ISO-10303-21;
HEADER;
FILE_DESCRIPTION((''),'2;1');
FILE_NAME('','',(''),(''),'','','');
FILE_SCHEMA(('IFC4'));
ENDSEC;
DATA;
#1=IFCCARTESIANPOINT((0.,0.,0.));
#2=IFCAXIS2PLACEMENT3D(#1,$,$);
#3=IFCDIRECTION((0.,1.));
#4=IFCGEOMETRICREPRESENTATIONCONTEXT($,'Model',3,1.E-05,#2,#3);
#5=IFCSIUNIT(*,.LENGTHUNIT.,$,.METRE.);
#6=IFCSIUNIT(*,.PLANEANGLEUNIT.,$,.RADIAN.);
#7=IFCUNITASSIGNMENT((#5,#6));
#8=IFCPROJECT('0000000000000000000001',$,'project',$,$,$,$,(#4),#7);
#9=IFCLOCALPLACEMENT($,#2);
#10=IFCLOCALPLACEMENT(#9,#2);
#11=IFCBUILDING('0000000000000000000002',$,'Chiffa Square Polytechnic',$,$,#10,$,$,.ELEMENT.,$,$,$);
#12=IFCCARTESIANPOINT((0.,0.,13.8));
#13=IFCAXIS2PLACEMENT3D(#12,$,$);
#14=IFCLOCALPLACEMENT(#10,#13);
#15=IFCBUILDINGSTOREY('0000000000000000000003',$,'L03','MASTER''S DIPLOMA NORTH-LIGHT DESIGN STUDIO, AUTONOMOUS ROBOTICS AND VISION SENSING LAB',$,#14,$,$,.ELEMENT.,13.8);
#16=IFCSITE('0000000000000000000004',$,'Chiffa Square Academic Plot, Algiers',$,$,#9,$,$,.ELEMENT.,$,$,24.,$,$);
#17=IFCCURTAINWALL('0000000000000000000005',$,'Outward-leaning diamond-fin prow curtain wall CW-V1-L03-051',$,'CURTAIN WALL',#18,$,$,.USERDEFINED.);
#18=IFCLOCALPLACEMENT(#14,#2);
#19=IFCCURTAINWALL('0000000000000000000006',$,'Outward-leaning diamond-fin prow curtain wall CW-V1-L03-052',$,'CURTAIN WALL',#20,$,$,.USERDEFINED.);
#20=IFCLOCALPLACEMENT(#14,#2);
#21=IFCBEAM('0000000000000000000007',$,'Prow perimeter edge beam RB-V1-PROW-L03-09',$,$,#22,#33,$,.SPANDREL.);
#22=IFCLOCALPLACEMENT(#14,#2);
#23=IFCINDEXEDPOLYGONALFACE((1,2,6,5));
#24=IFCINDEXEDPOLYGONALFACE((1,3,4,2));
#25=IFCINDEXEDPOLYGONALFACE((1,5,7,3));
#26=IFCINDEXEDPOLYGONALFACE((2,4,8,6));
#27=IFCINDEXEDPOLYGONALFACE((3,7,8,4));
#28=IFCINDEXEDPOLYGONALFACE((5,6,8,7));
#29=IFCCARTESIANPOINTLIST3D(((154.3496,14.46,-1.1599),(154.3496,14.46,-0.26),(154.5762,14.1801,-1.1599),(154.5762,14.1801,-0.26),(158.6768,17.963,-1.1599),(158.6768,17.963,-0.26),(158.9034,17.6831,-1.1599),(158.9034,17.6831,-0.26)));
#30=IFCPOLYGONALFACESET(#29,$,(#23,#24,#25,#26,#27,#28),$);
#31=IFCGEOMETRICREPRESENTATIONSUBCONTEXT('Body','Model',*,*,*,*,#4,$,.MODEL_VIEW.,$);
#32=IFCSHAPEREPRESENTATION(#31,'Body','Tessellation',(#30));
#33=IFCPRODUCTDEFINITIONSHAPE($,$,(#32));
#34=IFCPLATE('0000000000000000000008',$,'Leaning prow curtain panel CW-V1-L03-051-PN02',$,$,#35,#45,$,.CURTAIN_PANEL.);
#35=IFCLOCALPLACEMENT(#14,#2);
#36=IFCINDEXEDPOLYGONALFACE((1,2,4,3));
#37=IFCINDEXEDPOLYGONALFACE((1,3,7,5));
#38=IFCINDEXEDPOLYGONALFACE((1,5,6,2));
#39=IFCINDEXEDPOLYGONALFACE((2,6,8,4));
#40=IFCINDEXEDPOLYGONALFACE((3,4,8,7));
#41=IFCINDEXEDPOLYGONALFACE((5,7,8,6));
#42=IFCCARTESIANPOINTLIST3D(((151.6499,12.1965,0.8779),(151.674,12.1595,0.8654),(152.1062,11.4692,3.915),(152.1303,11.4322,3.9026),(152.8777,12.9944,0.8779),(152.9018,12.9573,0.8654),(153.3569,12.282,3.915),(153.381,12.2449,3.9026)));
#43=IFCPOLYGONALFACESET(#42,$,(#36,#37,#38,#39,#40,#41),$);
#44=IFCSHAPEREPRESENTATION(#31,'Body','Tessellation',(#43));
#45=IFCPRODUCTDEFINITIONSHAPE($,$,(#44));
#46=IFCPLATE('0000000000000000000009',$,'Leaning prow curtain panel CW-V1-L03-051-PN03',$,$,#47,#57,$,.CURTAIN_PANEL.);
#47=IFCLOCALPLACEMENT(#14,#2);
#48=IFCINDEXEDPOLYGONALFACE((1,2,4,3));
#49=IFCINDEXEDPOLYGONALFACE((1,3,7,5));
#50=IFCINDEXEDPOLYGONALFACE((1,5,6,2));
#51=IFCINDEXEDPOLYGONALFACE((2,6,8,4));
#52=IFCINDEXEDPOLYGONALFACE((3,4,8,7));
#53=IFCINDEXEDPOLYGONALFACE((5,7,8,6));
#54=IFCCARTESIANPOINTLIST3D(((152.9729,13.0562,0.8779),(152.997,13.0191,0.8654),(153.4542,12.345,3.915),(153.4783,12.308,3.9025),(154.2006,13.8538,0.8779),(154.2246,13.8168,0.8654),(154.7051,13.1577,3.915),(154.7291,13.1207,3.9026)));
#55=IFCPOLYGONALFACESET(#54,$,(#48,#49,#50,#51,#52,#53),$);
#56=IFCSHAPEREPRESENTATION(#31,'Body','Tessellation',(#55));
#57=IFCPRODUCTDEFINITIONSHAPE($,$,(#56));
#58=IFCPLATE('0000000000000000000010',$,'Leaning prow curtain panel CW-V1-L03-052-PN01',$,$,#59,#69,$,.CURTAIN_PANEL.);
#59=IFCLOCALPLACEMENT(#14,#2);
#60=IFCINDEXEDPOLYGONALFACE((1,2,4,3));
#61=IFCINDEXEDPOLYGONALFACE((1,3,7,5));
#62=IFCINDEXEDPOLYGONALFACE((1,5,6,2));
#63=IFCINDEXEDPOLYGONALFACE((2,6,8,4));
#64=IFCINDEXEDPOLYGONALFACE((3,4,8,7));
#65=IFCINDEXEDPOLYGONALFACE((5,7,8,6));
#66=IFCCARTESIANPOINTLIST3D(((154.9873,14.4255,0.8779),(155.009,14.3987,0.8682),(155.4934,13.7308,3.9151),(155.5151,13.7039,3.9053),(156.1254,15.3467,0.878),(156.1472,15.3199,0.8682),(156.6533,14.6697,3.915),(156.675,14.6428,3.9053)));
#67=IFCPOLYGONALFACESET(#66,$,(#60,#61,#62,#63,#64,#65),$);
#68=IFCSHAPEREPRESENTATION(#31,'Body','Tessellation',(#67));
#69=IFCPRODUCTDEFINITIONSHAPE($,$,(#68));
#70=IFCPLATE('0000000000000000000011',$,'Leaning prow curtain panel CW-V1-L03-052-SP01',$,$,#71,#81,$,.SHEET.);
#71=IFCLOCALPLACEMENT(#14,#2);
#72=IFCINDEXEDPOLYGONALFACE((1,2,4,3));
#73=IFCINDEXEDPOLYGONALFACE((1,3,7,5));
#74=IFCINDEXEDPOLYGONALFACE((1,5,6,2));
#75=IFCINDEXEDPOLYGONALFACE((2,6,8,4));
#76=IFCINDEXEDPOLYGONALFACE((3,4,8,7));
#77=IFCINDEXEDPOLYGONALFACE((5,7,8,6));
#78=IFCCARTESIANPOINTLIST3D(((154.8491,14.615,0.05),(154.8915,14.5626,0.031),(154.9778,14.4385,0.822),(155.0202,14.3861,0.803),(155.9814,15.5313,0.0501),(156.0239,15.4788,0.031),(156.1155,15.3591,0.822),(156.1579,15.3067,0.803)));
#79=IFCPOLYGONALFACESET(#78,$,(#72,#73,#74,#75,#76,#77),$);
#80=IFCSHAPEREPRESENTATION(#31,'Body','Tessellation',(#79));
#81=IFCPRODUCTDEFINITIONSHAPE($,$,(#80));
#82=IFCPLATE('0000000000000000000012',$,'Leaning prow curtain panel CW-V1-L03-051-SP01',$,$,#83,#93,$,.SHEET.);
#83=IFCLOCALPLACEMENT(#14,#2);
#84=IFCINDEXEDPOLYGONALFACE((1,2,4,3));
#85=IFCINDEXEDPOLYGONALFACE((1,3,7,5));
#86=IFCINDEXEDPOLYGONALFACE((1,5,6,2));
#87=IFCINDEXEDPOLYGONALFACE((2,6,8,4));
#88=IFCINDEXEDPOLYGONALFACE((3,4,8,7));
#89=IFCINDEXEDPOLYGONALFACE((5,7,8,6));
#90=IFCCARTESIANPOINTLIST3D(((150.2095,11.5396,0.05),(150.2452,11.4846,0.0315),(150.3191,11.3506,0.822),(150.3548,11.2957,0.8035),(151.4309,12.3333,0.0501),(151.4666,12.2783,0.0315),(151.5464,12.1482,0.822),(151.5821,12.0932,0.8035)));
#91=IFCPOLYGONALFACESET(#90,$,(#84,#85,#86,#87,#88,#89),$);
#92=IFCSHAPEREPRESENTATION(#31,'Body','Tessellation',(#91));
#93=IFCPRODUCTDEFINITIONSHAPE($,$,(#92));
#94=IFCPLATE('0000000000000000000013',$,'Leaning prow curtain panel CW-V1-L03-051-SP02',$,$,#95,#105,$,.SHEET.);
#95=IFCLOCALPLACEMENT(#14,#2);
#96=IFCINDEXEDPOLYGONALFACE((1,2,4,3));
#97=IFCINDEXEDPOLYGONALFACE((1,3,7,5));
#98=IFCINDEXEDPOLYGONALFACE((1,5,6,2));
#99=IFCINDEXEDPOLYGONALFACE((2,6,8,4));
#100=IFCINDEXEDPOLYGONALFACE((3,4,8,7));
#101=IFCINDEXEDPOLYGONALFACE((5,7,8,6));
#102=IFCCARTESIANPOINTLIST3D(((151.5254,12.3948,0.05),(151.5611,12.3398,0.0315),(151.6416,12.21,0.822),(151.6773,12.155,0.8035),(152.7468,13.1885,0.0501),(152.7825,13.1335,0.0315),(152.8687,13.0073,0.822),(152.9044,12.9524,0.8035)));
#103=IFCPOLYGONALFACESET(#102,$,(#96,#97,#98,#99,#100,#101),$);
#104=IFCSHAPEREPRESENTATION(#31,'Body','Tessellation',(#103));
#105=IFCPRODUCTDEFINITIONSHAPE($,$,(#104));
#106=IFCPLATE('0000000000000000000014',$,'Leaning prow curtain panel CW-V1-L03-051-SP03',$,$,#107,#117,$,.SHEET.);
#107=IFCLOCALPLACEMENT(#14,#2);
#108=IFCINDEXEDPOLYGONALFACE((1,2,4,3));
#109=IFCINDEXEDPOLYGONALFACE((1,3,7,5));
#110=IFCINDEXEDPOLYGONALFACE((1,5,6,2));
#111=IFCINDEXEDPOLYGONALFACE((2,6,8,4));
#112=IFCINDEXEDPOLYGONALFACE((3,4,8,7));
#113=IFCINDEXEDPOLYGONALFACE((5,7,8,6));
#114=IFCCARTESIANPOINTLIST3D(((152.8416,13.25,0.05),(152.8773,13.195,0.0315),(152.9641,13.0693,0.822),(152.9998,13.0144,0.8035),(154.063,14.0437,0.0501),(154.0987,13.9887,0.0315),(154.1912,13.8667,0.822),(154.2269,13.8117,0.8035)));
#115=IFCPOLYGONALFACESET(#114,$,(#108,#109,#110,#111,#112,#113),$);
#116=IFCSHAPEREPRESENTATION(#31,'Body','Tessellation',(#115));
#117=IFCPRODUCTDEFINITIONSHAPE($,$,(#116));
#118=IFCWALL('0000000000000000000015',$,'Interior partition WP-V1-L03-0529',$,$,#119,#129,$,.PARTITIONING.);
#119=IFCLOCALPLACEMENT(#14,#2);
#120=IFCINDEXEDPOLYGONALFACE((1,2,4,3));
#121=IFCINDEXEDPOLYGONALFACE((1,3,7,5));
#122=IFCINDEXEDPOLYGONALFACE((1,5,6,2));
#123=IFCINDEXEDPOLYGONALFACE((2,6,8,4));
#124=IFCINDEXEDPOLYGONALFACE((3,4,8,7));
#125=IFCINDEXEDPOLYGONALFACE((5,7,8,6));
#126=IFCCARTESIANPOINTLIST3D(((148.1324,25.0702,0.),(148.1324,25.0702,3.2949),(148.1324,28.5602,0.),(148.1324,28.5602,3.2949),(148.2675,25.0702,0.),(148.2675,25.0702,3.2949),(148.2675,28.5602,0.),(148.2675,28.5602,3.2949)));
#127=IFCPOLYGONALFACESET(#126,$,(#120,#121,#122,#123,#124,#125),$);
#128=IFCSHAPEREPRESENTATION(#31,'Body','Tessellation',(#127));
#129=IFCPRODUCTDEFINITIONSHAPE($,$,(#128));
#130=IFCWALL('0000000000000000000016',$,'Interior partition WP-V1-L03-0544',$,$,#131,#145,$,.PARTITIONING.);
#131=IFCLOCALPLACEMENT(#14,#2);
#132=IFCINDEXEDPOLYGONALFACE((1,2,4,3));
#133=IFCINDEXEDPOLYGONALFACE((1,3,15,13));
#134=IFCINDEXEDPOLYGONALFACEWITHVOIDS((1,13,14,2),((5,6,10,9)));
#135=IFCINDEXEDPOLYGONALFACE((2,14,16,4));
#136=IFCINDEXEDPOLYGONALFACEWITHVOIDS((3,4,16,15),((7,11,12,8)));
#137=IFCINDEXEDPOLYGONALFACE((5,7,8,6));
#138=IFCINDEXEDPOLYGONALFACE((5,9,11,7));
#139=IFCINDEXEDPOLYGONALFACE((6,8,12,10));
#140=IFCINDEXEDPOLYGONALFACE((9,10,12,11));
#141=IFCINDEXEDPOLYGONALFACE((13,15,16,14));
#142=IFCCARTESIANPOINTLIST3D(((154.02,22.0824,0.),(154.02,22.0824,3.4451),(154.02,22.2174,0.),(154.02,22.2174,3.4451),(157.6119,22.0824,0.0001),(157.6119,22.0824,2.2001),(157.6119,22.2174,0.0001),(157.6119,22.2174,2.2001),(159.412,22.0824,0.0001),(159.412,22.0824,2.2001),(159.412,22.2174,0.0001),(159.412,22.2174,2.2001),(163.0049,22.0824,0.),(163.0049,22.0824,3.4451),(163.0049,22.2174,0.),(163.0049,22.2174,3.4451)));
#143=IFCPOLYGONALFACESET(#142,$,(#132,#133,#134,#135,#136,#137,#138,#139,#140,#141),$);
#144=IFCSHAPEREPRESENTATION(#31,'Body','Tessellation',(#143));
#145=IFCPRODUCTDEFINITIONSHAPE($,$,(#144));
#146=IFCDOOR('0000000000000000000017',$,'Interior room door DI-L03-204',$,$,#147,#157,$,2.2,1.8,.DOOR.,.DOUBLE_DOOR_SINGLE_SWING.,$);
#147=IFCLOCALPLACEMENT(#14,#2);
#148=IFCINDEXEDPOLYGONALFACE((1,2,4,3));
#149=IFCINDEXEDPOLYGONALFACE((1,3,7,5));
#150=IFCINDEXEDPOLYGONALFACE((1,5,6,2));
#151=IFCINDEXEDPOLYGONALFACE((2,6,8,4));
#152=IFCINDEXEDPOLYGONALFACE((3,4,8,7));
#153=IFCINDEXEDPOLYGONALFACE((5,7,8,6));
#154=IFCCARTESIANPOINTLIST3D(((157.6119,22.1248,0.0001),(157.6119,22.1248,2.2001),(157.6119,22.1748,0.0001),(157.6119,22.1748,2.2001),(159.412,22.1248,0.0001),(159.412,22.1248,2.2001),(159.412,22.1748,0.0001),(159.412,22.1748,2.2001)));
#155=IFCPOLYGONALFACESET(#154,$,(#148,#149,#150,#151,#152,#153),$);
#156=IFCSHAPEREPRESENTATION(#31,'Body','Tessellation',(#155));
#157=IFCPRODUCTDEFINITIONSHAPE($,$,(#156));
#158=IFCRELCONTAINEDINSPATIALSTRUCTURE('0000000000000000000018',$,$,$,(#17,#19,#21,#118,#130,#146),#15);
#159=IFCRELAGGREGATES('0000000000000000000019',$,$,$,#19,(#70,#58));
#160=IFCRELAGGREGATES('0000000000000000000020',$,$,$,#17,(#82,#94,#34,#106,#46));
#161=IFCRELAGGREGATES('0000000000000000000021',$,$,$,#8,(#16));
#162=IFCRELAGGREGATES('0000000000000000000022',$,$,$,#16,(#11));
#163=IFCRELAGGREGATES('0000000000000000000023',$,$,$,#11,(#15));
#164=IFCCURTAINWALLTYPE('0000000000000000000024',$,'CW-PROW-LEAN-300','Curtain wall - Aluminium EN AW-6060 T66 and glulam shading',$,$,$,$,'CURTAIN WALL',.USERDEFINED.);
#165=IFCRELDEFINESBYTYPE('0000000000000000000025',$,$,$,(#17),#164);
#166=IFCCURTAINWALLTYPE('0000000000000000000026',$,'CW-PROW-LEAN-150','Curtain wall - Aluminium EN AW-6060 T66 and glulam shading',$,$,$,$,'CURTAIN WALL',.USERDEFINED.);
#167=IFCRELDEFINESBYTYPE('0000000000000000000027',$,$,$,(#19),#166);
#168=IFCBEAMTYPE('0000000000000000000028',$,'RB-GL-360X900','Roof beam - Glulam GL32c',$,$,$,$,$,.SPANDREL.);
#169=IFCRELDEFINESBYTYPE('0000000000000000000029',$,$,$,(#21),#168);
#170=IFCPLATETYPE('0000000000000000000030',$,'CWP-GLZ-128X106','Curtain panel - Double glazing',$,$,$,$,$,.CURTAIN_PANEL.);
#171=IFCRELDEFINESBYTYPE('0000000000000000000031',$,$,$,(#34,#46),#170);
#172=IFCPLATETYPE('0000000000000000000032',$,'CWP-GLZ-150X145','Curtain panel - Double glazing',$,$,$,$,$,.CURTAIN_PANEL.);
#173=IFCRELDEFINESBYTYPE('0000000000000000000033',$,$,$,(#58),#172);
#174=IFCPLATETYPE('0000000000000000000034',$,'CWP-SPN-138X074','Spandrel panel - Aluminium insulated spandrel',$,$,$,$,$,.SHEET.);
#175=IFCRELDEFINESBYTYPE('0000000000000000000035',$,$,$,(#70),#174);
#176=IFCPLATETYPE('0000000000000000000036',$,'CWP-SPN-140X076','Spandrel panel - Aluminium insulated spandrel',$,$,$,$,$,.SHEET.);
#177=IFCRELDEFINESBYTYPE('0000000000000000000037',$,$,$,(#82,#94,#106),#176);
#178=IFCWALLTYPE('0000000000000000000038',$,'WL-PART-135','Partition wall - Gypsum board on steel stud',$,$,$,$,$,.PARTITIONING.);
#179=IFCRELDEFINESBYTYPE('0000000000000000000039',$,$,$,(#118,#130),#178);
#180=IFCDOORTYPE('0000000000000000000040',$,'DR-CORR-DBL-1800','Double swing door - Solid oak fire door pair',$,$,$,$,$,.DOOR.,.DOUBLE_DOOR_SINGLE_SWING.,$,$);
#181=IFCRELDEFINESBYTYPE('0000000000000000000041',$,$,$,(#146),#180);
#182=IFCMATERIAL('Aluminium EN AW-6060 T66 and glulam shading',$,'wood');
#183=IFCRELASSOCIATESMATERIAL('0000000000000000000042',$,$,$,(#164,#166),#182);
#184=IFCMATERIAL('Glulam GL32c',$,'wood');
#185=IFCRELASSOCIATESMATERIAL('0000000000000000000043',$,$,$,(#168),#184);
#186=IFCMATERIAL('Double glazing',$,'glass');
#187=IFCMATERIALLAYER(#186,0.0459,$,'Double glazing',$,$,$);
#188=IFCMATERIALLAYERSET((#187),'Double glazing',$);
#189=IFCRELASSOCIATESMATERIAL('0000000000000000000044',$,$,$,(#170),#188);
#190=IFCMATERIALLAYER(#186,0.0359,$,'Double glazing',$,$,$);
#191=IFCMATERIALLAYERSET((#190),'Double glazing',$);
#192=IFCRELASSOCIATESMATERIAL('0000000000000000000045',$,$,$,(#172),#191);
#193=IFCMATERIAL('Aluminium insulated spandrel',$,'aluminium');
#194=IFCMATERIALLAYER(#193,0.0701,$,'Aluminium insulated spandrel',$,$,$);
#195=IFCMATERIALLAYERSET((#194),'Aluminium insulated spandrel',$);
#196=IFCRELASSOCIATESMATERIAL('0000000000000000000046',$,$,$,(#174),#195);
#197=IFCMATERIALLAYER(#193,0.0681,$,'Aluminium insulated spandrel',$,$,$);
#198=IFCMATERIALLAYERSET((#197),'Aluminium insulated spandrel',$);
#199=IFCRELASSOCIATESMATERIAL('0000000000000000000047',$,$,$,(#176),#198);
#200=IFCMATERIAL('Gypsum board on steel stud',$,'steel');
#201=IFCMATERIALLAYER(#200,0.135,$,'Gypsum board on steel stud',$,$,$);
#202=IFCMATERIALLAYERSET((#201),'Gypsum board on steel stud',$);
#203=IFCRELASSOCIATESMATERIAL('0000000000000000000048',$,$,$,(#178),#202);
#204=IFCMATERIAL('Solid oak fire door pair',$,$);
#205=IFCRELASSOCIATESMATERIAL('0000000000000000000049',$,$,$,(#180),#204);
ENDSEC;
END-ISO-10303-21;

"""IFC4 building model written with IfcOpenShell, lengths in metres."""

from ifc_helpers import new_model, si_unit, direction, frame, frame_2d, origin, origin_2d, place, context, subcontext, project, spatial, polyline, rectangle, outline, extrude, material, layer, layer_set, material_profile, profile_set, type_object, element, fill, aggregate, save


model = new_model("IFC4")

# Units and contexts
model_context = context("Model", 3, precision=1e-05, world=origin(), true_north=direction((0.0, 1.0)))
body_context = subcontext(model_context, "Body", "Model", "MODEL_VIEW")
ifc_project = project(units=[si_unit("LENGTHUNIT", "METRE"), si_unit("PLANEANGLEUNIT", "RADIAN")], contexts=[model_context])

# Site, building, storey
site_placement = place(None, origin())
site = spatial("IfcSite", under=ifc_project, at=site_placement, Name="Chiffa Square Academic Plot, Algiers", CompositionType="ELEMENT", RefElevation=24.0)
building_placement = place(site_placement, origin())
building = spatial("IfcBuilding", under=site, at=building_placement, Name="Chiffa Square Polytechnic", CompositionType="ELEMENT")
storey_placement = place(building_placement, frame((0.0, 0.0, 13.8)))
storey = spatial("IfcBuildingStorey", under=building, at=storey_placement, Name="L03", Description="MASTER'S DIPLOMA NORTH-LIGHT DESIGN STUDIO, AUTONOMOUS ROBOTICS AND VISION SENSING LAB", CompositionType="ELEMENT", Elevation=13.8)

# Shared definitions
ifc_material_1 = material(Name="Glulam GL32c", Category="wood")

# Curtain wall
ifc_material_2 = material(Name="Aluminium EN AW-6060 T66 and glulam shading", Category="wood")
curtain_wall_type_1 = type_object("IfcCurtainWallType", Name="CW-PROW-LEAN-300", Description="Curtain wall - Aluminium EN AW-6060 T66 and glulam shading", ElementType="CURTAIN WALL", PredefinedType="USERDEFINED", material=ifc_material_2)
curtain_wall_1_placement = place(storey_placement, origin())
curtain_wall_1 = element("IfcCurtainWall", 1, at=curtain_wall_1_placement, inside=storey, type_object=curtain_wall_type_1, Name="Outward-leaning diamond-fin prow curtain wall CW-V1-L03-051", ObjectType="CURTAIN WALL", PredefinedType="USERDEFINED")

# Curtain wall
curtain_wall_type_2 = type_object("IfcCurtainWallType", Name="CW-PROW-LEAN-150", Description="Curtain wall - Aluminium EN AW-6060 T66 and glulam shading", ElementType="CURTAIN WALL", PredefinedType="USERDEFINED", material=ifc_material_2)
curtain_wall_2_placement = place(storey_placement, origin())
curtain_wall_2 = element("IfcCurtainWall", 2, at=curtain_wall_2_placement, inside=storey, type_object=curtain_wall_type_2, Name="Outward-leaning diamond-fin prow curtain wall CW-V1-L03-052", ObjectType="CURTAIN WALL", PredefinedType="USERDEFINED")

# Beam
ifc_material_profile_1 = material_profile(ifc_material_1, rectangle(XDim=0.3601, YDim=0.8999, at=origin_2d()), Name="GL32c 360x900")
ifc_profile_set_1 = profile_set([ifc_material_profile_1], Name="Glulam GL32c")
beam_type_1 = type_object("IfcBeamType", Name="RB-GL-360X900", Description="Roof beam - Glulam GL32c", PredefinedType="SPANDREL", material=ifc_profile_set_1)
beam_1_placement = place(storey_placement, frame((154.4629, 14.3201, -0.71), z_axis=(0.777245, 0.629198, 0.0), x_axis=(-0.629198, 0.777245, 0.0)))
element("IfcBeam", 3, at=beam_1_placement, inside=storey, type_object=beam_type_1, Name="Prow perimeter edge beam RB-V1-PROW-L03-09", PredefinedType="SPANDREL", context=body_context, shape_type="SweptSolid", body=[
    extrude(rectangle(XDim=0.3601, YDim=0.8999, at=origin_2d()), origin(), (0.0, 0.0, 1.0), 5.5674),
])

# Plates
ifc_material_3 = material(Name="Double glazing", Category="glass")
ifc_layer_1 = layer(ifc_material_3, 0.0459, Name="Double glazing")
ifc_layer_set_1 = layer_set([ifc_layer_1], Name="Double glazing")
plate_type_1 = type_object("IfcPlateType", Name="CWP-GLZ-128X106", Description="Curtain panel - Double glazing", PredefinedType="CURTAIN_PANEL", material=ifc_layer_set_1)
plate_1_placement = place(storey_placement, frame((151.6499, 12.1965, 0.8779), z_axis=(-0.524339, 0.806896, 0.272007), x_axis=(0.838511, 0.544884, -0.000002)))
plate_1 = element("IfcPlate", 4, at=plate_1_placement, type_object=plate_type_1, Name="Leaning prow curtain panel CW-V1-L03-051-PN02", PredefinedType="CURTAIN_PANEL", context=body_context, shape_type="SweptSolid", body=[
    extrude(outline(polyline([(0.0, 0.0), (1.4642, 0.0), (1.4779, -3.1561), (-0.0137, -3.1561), (0.0, 0.0)])), origin(), (0.0, 0.0, -1.0), 0.0459),
])
plate_2_placement = place(storey_placement, frame((152.9729, 13.0562, 0.8779), z_axis=(-0.524279, 0.806926, 0.272032), x_axis=(0.838543, 0.544836, -0.000043)))
plate_2 = element("IfcPlate", 5, at=plate_2_placement, type_object=plate_type_1, Name="Leaning prow curtain panel CW-V1-L03-051-PN03", PredefinedType="CURTAIN_PANEL", context=body_context, shape_type="SweptSolid", body=[
    extrude(outline(polyline([(0.0, 0.0), (1.464, 0.0), (1.5077, -3.1562), (0.016, -3.1561), (0.0, 0.0)])), origin(), (0.0, 0.0, -1.0), 0.0459),
])
ifc_layer_2 = layer(ifc_material_3, 0.0359, Name="Double glazing")
ifc_layer_set_2 = layer_set([ifc_layer_2], Name="Double glazing")
plate_type_2 = type_object("IfcPlateType", Name="CWP-GLZ-150X145", Description="Curtain panel - Double glazing", PredefinedType="CURTAIN_PANEL", material=ifc_layer_set_2)
plate_3_placement = place(storey_placement, frame((154.9873, 14.4255, 0.8779), z_axis=(-0.605429, 0.747985, 0.271982), x_axis=(0.77729, 0.629142, 0.000016)))
plate_3 = element("IfcPlate", 6, at=plate_3_placement, type_object=plate_type_2, Name="Leaning prow curtain panel CW-V1-L03-052-PN01", PredefinedType="CURTAIN_PANEL", context=body_context, shape_type="SweptSolid", body=[
    extrude(outline(polyline([(0.0, 0.0), (1.4642, 0.0), (1.4486, -3.1561), (-0.0437, -3.1561), (0.0, 0.0)])), origin(), (0.0, 0.0, -1.0), 0.0359),
])
ifc_material_4 = material(Name="Aluminium insulated spandrel", Category="aluminium")
ifc_layer_3 = layer(ifc_material_4, 0.0701, Name="Aluminium insulated spandrel")
ifc_layer_set_3 = layer_set([ifc_layer_3], Name="Aluminium insulated spandrel")
plate_type_3 = type_object("IfcPlateType", Name="CWP-SPN-138X074", Description="Spandrel panel - Aluminium insulated spandrel", PredefinedType="SHEET", material=ifc_layer_set_3)
plate_4_placement = place(storey_placement, frame((154.8491, 14.615, 0.05), z_axis=(-0.605347, 0.748075, 0.271917), x_axis=(0.777366, 0.629048, 0.000003)))
plate_4 = element("IfcPlate", 7, at=plate_4_placement, type_object=plate_type_3, Name="Leaning prow curtain panel CW-V1-L03-052-SP01", PredefinedType="SHEET", context=body_context, shape_type="SweptSolid", body=[
    extrude(outline(polyline([(0.0, 0.0), (1.4566, 0.0), (1.4525, -0.8022), (-0.011, -0.8022), (0.0, 0.0)])), origin(), (0.0, 0.0, -1.0), 0.0701),
])
aggregate(curtain_wall_2, [plate_4, plate_3])
ifc_layer_4 = layer(ifc_material_4, 0.0681, Name="Aluminium insulated spandrel")
ifc_layer_set_4 = layer_set([ifc_layer_4], Name="Aluminium insulated spandrel")
plate_type_4 = type_object("IfcPlateType", Name="CWP-SPN-140X076", Description="Spandrel panel - Aluminium insulated spandrel", PredefinedType="SHEET", material=ifc_layer_set_4)
plate_5_placement = place(storey_placement, frame((150.2095, 11.5396, 0.05), z_axis=(-0.524368, 0.806905, 0.271924), x_axis=(0.838502, 0.544898, 0.000007)))
plate_5 = element("IfcPlate", 8, at=plate_5_placement, type_object=plate_type_4, Name="Leaning prow curtain panel CW-V1-L03-051-SP01", PredefinedType="SHEET", context=body_context, shape_type="SweptSolid", body=[
    extrude(outline(polyline([(0.0, 0.0), (1.4567, 0.0), (1.4527, -0.8022), (-0.011, -0.8022), (0.0, 0.0)])), origin(), (0.0, 0.0, -1.0), 0.0681),
])
plate_6_placement = place(storey_placement, frame((151.5254, 12.3948, 0.05), z_axis=(-0.524322, 0.806878, 0.272094), x_axis=(0.838514, 0.544879, 0.000001)))
plate_6 = element("IfcPlate", 9, at=plate_6_placement, type_object=plate_type_4, Name="Leaning prow curtain panel CW-V1-L03-051-SP02", PredefinedType="SHEET", context=body_context, shape_type="SweptSolid", body=[
    extrude(outline(polyline([(0.0, 0.0), (1.4567, 0.0), (1.4601, -0.8022), (-0.0033, -0.8022), (0.0, 0.0)])), origin(), (0.0, 0.0, -1.0), 0.0681),
])
plate_7_placement = place(storey_placement, frame((152.8416, 13.25, 0.05), z_axis=(-0.524325, 0.806884, 0.272069), x_axis=(0.838514, 0.544879, 0.000001)))
plate_7 = element("IfcPlate", 10, at=plate_7_placement, type_object=plate_type_4, Name="Leaning prow curtain panel CW-V1-L03-051-SP03", PredefinedType="SHEET", context=body_context, shape_type="SweptSolid", body=[
    extrude(outline(polyline([(0.0, 0.0), (1.4567, 0.0), (1.4677, -0.8022), (0.0043, -0.8022), (0.0, 0.0)])), origin(), (0.0, 0.0, -1.0), 0.0681),
])
aggregate(curtain_wall_1, [plate_5, plate_6, plate_1, plate_7, plate_2])

# Wall
ifc_material_5 = material(Name="Gypsum board on steel stud", Category="steel")
ifc_layer_5 = layer(ifc_material_5, 0.135, Name="Gypsum board on steel stud")
ifc_layer_set_5 = layer_set([ifc_layer_5], Name="Gypsum board on steel stud")
wall_type_1 = type_object("IfcWallType", Name="WL-PART-135", Description="Partition wall - Gypsum board on steel stud", PredefinedType="PARTITIONING", material=ifc_layer_set_5)
wall_1_placement = place(storey_placement, frame((148.2, 25.0701, 0.0), z_axis=(0.0, 0.0, 1.0), x_axis=(0.0, 1.0, 0.0)))
element("IfcWall", 11, at=wall_1_placement, inside=storey, type_object=wall_type_1, Name="Interior partition WP-V1-L03-0529", PredefinedType="PARTITIONING", context=body_context, shape_type="SweptSolid", body=[
    extrude(rectangle(XDim=3.49, YDim=0.135, at=frame_2d((1.7451, 0.0))), origin(), (0.0, 0.0, 1.0), 3.2949),
])

# Wall, opening, door
wall_2_placement = place(storey_placement, frame((154.02, 22.1499, 0.0), z_axis=(0.0, 0.0, 1.0), x_axis=(1.0, 0.0, 0.0)))
wall_2 = element("IfcWall", 12, at=wall_2_placement, inside=storey, type_object=wall_type_1, Name="Interior partition WP-V1-L03-0544", PredefinedType="PARTITIONING", context=body_context, shape_type="SweptSolid", body=[
    extrude(rectangle(XDim=8.9849, YDim=0.135, at=frame_2d((4.4924, 0.0))), origin(), (0.0, 0.0, 1.0), 3.4451),
])
opening_1_placement = place(wall_2_placement, frame((3.592, 0.0, 0.0)))
opening_1 = element("IfcOpeningElement", 13, at=opening_1_placement, cuts=wall_2, PredefinedType="OPENING", context=body_context, shape_type="SweptSolid", body=[
    extrude(rectangle(XDim=1.8, YDim=2.2, at=frame_2d((0.8999, 1.1001))), frame((0.0, 0.0776, 0.0), z_axis=(0.0, -1.0, 0.0), x_axis=(1.0, 0.0, 0.0)), (0.0, 0.0, 1.0), 0.155),
])
ifc_material_6 = material(Name="Solid oak fire door pair")
door_type_1 = type_object("IfcDoorType", Name="DR-CORR-DBL-1800", Description="Double swing door - Solid oak fire door pair", OperationType="DOUBLE_DOOR_SINGLE_SWING", PredefinedType="DOOR", material=ifc_material_6)
door_1_placement = place(opening_1_placement, origin())
door_1 = element("IfcDoor", 14, at=door_1_placement, inside=storey, type_object=door_type_1, Name="Interior room door DI-L03-204", OperationType="DOUBLE_DOOR_SINGLE_SWING", OverallHeight=2.2, OverallWidth=1.8, PredefinedType="DOOR", context=body_context, shape_type="SweptSolid", body=[
    extrude(rectangle(XDim=1.8, YDim=2.2, at=frame_2d((0.8999, 1.1001))), frame((0.0, 0.0249, 0.0), z_axis=(0.0, -1.0, 0.0), x_axis=(1.0, 0.0, 0.0)), (0.0, 0.0, 1.0), 0.05),
])
fill(opening_1, door_1)

save(model, "model.ifc")
